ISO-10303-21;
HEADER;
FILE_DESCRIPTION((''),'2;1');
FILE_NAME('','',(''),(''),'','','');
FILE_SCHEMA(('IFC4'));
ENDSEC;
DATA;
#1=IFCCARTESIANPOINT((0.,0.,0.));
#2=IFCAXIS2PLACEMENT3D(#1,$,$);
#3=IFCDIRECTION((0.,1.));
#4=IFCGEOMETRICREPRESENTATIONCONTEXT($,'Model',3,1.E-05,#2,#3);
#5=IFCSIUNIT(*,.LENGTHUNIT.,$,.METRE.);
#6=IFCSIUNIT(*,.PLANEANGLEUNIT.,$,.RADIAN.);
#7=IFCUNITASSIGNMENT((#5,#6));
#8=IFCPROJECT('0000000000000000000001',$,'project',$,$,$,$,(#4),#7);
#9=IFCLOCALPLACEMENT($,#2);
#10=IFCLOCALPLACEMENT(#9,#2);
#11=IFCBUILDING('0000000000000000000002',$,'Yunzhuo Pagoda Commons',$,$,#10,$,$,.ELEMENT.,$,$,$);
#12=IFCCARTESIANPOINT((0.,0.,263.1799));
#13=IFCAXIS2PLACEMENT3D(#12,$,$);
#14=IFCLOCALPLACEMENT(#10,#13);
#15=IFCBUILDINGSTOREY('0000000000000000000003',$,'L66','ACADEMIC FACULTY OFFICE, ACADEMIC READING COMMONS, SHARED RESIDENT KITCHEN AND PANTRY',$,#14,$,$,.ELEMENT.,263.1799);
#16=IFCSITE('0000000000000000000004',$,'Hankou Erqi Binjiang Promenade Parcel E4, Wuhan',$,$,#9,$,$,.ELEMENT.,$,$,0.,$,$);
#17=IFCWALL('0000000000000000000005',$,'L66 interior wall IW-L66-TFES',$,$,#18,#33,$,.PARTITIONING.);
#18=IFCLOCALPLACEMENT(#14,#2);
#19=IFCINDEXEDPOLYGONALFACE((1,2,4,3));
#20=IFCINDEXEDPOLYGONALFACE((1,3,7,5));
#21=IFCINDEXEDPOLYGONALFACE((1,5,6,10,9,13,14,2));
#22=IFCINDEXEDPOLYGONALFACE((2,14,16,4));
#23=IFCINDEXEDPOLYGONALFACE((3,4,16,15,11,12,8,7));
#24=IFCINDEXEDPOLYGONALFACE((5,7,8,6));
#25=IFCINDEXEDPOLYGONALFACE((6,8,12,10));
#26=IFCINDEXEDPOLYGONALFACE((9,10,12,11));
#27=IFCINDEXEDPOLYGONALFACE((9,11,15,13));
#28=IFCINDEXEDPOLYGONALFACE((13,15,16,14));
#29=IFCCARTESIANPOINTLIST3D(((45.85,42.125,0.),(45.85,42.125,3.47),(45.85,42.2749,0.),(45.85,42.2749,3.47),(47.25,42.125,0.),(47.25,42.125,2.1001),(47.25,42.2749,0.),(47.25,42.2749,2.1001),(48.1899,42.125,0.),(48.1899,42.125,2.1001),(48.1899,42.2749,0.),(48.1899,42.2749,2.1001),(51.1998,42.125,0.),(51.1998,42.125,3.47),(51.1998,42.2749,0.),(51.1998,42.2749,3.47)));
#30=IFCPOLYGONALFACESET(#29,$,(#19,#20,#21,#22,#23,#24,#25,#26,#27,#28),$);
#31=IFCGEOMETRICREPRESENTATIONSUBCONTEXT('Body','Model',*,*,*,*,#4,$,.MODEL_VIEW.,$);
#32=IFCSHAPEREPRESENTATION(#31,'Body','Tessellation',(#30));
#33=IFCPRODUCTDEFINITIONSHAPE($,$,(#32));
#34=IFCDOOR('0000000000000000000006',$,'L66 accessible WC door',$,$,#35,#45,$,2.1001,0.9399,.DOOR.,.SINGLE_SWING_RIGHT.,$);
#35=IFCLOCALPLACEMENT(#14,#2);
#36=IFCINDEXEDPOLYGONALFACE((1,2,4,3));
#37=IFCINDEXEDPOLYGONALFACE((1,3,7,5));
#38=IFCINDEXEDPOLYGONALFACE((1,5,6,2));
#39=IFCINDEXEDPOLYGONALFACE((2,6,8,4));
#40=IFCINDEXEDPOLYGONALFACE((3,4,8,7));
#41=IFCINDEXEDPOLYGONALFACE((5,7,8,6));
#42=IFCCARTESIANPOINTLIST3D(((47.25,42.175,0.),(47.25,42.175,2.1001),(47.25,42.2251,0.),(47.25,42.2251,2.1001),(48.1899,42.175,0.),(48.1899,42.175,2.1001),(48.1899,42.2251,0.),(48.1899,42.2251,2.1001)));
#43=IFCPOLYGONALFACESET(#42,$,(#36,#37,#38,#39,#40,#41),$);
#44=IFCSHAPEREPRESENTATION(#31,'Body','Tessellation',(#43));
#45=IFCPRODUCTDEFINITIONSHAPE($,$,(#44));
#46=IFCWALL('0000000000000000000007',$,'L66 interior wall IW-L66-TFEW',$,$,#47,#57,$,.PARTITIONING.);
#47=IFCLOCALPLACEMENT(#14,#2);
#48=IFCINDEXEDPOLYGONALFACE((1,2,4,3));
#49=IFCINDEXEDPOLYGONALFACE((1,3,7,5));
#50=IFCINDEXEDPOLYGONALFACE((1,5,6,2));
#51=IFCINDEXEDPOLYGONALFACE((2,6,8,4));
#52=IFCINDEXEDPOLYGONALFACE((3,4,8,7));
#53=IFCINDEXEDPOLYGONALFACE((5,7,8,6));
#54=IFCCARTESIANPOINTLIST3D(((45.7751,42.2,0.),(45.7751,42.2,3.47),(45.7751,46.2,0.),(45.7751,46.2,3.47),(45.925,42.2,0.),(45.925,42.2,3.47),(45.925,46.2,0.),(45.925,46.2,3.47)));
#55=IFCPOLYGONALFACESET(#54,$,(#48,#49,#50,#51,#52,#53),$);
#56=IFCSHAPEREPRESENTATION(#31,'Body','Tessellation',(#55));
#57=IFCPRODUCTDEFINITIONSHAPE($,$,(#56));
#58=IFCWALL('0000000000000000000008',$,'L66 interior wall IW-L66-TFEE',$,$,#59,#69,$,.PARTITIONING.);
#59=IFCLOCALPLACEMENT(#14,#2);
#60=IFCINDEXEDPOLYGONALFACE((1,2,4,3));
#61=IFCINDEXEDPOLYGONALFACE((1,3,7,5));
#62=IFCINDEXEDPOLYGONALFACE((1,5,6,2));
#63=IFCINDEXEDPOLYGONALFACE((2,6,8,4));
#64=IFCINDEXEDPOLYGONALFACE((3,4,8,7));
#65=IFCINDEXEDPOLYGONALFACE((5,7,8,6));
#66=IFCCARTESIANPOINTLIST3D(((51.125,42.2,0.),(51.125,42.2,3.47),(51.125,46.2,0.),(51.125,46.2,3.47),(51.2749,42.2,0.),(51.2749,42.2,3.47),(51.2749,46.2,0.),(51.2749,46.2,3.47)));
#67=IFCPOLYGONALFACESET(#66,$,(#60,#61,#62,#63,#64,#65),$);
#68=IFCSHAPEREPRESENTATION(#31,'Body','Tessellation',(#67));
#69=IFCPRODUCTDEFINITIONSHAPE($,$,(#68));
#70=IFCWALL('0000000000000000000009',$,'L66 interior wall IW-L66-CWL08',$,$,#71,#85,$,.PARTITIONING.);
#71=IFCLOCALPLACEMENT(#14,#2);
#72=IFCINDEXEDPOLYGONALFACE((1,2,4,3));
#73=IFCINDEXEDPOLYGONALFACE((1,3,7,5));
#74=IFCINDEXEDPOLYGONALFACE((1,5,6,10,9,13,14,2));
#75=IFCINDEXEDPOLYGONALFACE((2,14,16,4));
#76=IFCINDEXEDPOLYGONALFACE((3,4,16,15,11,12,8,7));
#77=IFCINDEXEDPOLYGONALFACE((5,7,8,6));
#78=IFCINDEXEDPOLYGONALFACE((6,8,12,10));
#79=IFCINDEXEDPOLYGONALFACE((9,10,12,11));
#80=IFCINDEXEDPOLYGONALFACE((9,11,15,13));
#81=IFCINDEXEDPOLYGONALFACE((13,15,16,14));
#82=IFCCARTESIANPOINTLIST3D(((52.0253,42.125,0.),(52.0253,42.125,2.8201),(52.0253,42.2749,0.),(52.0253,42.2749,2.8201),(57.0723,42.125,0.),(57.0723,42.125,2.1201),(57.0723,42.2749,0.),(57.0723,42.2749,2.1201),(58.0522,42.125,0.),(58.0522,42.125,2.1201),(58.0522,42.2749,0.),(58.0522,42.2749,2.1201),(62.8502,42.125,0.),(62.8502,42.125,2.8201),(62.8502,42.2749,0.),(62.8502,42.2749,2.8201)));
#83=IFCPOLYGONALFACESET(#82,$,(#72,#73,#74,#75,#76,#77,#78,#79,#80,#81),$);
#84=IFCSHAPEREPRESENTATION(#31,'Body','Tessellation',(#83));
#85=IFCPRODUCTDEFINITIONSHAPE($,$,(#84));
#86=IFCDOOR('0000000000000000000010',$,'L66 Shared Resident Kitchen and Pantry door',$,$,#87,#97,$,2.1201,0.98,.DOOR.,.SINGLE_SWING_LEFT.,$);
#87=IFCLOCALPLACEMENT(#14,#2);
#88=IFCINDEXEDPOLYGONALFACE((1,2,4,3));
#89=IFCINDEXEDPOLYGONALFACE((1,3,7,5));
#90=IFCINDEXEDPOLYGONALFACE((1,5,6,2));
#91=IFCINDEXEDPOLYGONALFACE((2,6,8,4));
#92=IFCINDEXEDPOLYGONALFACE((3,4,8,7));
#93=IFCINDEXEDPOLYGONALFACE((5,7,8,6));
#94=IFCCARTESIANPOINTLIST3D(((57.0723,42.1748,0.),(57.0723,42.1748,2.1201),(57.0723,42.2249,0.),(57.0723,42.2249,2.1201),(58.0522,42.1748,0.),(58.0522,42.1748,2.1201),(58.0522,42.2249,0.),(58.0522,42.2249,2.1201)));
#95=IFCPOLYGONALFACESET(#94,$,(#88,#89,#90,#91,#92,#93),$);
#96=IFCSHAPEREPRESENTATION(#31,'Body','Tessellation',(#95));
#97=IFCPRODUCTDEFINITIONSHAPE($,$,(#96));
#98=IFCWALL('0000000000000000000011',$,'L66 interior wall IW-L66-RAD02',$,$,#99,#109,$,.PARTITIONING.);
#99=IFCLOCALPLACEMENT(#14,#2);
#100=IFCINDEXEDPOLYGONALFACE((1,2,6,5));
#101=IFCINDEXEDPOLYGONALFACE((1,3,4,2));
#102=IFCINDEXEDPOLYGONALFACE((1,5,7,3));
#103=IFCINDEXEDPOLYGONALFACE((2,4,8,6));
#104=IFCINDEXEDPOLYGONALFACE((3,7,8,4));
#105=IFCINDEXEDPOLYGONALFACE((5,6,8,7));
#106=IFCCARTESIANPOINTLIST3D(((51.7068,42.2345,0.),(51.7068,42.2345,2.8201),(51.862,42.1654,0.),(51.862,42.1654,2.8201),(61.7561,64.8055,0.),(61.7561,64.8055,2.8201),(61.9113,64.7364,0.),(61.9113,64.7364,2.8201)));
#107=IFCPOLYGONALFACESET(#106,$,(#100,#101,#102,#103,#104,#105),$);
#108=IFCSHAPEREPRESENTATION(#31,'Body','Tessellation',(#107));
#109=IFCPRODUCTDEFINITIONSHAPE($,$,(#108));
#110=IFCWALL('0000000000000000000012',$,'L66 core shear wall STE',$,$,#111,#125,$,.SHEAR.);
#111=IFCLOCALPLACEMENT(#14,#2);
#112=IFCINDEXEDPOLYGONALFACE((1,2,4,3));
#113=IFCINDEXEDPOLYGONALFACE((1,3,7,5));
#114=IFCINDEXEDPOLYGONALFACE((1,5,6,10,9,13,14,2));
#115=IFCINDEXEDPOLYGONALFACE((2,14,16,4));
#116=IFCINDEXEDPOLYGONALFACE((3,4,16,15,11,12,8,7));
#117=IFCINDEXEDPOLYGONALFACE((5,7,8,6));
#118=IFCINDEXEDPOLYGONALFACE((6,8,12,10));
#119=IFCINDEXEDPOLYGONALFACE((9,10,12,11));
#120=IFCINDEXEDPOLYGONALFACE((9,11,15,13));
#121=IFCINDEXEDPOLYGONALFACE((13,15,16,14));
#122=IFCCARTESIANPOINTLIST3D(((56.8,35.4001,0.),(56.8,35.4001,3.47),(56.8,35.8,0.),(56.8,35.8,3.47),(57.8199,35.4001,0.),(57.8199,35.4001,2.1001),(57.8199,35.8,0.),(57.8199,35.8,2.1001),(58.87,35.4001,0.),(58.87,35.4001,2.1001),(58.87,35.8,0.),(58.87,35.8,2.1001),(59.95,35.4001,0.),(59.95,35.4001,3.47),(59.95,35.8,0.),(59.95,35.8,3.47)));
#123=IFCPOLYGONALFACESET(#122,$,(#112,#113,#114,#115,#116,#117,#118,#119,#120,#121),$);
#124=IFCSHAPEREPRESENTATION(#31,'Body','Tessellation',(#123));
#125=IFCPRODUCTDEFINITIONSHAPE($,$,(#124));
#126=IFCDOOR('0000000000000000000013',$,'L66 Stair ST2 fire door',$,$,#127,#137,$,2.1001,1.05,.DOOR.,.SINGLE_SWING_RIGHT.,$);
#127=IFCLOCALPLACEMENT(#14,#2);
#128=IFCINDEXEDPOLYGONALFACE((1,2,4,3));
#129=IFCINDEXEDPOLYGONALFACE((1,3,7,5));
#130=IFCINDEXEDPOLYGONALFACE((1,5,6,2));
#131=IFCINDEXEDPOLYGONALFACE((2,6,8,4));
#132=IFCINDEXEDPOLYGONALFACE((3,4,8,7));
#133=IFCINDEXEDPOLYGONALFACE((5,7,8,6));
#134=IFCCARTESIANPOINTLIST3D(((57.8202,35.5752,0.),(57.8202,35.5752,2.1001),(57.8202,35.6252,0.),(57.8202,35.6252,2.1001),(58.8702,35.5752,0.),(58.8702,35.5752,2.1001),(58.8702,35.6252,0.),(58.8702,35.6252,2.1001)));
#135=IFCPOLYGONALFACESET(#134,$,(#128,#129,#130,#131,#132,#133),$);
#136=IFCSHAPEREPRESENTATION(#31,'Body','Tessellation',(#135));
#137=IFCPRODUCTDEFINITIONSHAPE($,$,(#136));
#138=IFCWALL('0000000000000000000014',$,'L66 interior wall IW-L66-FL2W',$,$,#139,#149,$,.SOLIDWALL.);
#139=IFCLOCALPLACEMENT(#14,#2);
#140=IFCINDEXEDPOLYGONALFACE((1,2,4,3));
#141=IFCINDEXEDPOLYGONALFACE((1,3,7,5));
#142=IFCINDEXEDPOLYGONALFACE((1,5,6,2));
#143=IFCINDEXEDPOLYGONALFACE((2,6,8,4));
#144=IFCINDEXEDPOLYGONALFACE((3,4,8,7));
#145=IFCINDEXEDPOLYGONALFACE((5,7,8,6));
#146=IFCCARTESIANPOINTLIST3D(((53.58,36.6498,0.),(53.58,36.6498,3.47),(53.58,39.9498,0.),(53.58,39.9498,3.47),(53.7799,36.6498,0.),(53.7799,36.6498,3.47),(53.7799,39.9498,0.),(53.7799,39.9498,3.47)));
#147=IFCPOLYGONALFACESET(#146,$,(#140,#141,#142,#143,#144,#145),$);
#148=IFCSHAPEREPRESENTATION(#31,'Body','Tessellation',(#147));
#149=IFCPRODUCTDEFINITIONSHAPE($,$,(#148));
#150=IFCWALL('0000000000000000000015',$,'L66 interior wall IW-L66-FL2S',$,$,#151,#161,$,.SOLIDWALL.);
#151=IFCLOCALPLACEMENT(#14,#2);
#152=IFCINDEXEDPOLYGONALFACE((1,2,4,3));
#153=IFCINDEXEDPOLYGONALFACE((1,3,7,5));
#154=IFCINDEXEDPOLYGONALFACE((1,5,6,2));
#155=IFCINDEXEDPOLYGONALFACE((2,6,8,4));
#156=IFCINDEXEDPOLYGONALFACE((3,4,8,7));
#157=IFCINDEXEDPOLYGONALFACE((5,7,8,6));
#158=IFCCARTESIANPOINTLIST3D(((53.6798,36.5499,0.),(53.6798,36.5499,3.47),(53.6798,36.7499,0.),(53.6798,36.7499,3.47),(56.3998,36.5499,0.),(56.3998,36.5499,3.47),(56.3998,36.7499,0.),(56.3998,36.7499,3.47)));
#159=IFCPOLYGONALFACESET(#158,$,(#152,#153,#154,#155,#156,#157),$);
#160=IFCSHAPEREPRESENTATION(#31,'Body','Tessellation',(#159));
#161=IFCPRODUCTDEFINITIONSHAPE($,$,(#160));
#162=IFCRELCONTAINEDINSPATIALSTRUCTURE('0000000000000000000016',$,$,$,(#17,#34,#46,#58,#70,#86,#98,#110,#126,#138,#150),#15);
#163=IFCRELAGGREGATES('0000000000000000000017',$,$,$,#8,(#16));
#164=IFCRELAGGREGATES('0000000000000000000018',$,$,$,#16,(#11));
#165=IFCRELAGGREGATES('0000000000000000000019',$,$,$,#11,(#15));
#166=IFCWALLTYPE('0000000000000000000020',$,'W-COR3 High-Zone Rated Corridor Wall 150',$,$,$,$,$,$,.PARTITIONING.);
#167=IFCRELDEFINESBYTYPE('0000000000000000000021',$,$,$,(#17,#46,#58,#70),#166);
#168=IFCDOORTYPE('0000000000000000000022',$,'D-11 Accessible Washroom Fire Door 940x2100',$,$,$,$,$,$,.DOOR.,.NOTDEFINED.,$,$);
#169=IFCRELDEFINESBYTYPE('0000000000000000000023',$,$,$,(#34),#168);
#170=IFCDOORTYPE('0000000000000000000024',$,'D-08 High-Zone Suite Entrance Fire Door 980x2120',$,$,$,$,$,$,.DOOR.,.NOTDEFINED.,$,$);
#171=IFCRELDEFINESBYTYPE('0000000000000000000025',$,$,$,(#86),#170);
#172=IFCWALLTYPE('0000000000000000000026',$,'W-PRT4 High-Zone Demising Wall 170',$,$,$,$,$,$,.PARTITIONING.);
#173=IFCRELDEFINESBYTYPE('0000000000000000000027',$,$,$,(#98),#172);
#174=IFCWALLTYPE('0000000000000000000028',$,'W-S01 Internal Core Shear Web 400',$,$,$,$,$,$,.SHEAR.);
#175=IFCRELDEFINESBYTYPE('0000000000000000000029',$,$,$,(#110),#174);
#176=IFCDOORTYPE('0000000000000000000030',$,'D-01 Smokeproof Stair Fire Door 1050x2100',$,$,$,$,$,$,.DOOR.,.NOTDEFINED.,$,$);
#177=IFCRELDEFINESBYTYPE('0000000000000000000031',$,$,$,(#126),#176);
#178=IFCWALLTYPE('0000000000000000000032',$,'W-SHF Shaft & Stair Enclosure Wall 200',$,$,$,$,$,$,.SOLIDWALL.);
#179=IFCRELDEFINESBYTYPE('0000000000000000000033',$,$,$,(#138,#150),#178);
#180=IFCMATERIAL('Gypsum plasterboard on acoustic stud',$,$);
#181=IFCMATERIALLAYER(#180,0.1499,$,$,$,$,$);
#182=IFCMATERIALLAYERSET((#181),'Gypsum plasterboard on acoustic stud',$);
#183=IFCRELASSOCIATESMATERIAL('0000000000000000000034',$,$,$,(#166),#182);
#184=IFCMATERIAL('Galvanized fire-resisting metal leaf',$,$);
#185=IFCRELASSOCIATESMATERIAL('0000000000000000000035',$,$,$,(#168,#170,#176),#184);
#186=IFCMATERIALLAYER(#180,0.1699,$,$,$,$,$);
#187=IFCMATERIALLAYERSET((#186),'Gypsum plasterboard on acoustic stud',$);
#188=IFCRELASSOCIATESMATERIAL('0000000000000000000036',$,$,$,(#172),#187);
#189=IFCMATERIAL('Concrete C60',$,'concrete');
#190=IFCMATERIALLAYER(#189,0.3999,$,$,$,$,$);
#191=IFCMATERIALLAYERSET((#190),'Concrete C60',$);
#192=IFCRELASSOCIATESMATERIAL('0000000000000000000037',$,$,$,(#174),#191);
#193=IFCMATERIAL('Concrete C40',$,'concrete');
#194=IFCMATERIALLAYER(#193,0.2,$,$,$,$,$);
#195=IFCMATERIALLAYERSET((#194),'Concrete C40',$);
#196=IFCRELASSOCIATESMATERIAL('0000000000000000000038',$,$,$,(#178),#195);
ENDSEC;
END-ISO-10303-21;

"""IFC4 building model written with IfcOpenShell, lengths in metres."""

from ifc_helpers import new_model, si_unit, direction, frame, frame_2d, origin, origin_with_axes, place, context, subcontext, project, spatial, rectangle, extrude, source, transform, mapped, material, layer, layer_set, type_object, element, fill, save


model = new_model("IFC4")

# Units and contexts
model_context = context("Model", 3, precision=1e-05, world=origin(), true_north=direction((0.0, 1.0)))
body_context = subcontext(model_context, "Body", "Model", "MODEL_VIEW")
ifc_project = project(units=[si_unit("LENGTHUNIT", "METRE"), si_unit("PLANEANGLEUNIT", "RADIAN")], contexts=[model_context])

# Site, building, storey
site_placement = place(None, origin())
site = spatial("IfcSite", under=ifc_project, at=site_placement, Name="Hankou Erqi Binjiang Promenade Parcel E4, Wuhan", CompositionType="ELEMENT", RefElevation=0.0)
building_placement = place(site_placement, origin())
building = spatial("IfcBuilding", under=site, at=building_placement, Name="Yunzhuo Pagoda Commons", CompositionType="ELEMENT")
storey_placement = place(building_placement, frame((0.0, 0.0, 263.1799)))
storey = spatial("IfcBuildingStorey", under=building, at=storey_placement, Name="L66", Description="ACADEMIC FACULTY OFFICE, ACADEMIC READING COMMONS, SHARED RESIDENT KITCHEN AND PANTRY", CompositionType="ELEMENT", Elevation=263.1799)

# Shared definitions
ifc_material_1 = material(Name="Galvanized fire-resisting metal leaf")
shared_shape_1 = source(origin(), body_context, "Body", "SweptSolid", [
    extrude(rectangle(XDim=1.05, YDim=2.1001, at=frame_2d((0.5249, 1.05))), frame((0.0, 0.0249, 0.0), z_axis=(0.0, -1.0, 0.0), x_axis=(1.0, 0.0, 0.0)), (0.0, 0.0, 1.0), 0.05),
])

# Shared definitions
ifc_material_2 = material(Name="Gypsum plasterboard on acoustic stud")
ifc_layer_1 = layer(ifc_material_2, 0.1499)
ifc_layer_set_1 = layer_set([ifc_layer_1], Name="Gypsum plasterboard on acoustic stud")
wall_type_1 = type_object("IfcWallType", Name="W-COR3 High-Zone Rated Corridor Wall 150", PredefinedType="PARTITIONING", material=ifc_layer_set_1)

# Wall, opening, door
wall_1_placement = place(storey_placement, frame((45.8501, 42.2, 0.0), z_axis=(0.0, 0.0, 1.0), x_axis=(1.0, 0.0, 0.0)))
wall_1 = element("IfcWall", 1, at=wall_1_placement, inside=storey, type_object=wall_type_1, Name="L66 interior wall IW-L66-TFES", PredefinedType="PARTITIONING", context=body_context, shape_type="SweptSolid", body=[
    extrude(rectangle(XDim=5.3499, YDim=0.1499, at=frame_2d((2.6748, 0.0))), origin(), (0.0, 0.0, 1.0), 3.47),
])
opening_1_placement = place(wall_1_placement, frame((1.3999, 0.0, 0.0)))
opening_1 = element("IfcOpeningElement", 2, at=opening_1_placement, cuts=wall_1, PredefinedType="OPENING", context=body_context, shape_type="SweptSolid", body=[
    extrude(rectangle(XDim=0.9399, YDim=2.1001, at=frame_2d((0.47, 1.05))), frame((0.0, 0.085, 0.0), z_axis=(0.0, -1.0, 0.0), x_axis=(1.0, 0.0, 0.0)), (0.0, 0.0, 1.0), 0.1699),
])
door_type_1 = type_object("IfcDoorType", Name="D-11 Accessible Washroom Fire Door 940x2100", OperationType="NOTDEFINED", PredefinedType="DOOR", material=ifc_material_1)
shared_shape_2 = source(origin(), body_context, "Body", "SweptSolid", [
    extrude(rectangle(XDim=0.9399, YDim=2.1001, at=frame_2d((0.47, 1.05))), frame((0.0, 0.0249, 0.0), z_axis=(0.0, -1.0, 0.0), x_axis=(1.0, 0.0, 0.0)), (0.0, 0.0, 1.0), 0.05),
])
door_1_placement = place(opening_1_placement, frame((0.9399, 0.0, 0.0), z_axis=(0.0, 0.0, 1.0), x_axis=(-1.0, 0.0, 0.0)))
door_1 = element("IfcDoor", 3, at=door_1_placement, inside=storey, type_object=door_type_1, Name="L66 accessible WC door", OperationType="SINGLE_SWING_RIGHT", OverallHeight=2.1001, OverallWidth=0.9399, PredefinedType="DOOR", context=body_context, shape_type="MappedRepresentation", body=[
    mapped(shared_shape_2, transform((0.0, 0.0, 0.0), scale=1.0)),
])
fill(opening_1, door_1)

# Walls
for number, where, z_axis, x_axis, name in (
    (4, (45.8501, 42.2, 0.0), (0.0, 0.0, 1.0), (0.0, 1.0, 0.0), "L66 interior wall IW-L66-TFEW"),
    (5, (51.2, 42.2, 0.0), (0.0, 0.0, 1.0), (0.0, 1.0, 0.0), "L66 interior wall IW-L66-TFEE"),
):
    element("IfcWall", number, at=place(storey_placement, frame(where, z_axis=z_axis, x_axis=x_axis)), inside=storey, type_object=wall_type_1, Name=name, PredefinedType="PARTITIONING", context=body_context, shape_type="SweptSolid", body=[
        extrude(rectangle(XDim=4.0, YDim=0.1499, at=frame_2d((2.0, 0.0))), origin(), (0.0, 0.0, 1.0), 3.47),
    ])

# Wall, opening, door
wall_2_placement = place(storey_placement, frame((52.0251, 42.2, 0.0), z_axis=(0.0, 0.0, 1.0), x_axis=(1.0, 0.0, 0.0)))
wall_2 = element("IfcWall", 6, at=wall_2_placement, inside=storey, type_object=wall_type_1, Name="L66 interior wall IW-L66-CWL08", PredefinedType="PARTITIONING", context=body_context, shape_type="SweptSolid", body=[
    extrude(rectangle(XDim=10.825, YDim=0.1499, at=frame_2d((5.4126, 0.0))), origin(), (0.0, 0.0, 1.0), 2.8201),
])
opening_2_placement = place(wall_2_placement, frame((5.0471, 0.0, 0.0)))
opening_2 = element("IfcOpeningElement", 7, at=opening_2_placement, cuts=wall_2, PredefinedType="OPENING", context=body_context, shape_type="SweptSolid", body=[
    extrude(rectangle(XDim=0.98, YDim=2.1201, at=frame_2d((0.49, 1.0601))), frame((0.0, 0.085, 0.0), z_axis=(0.0, -1.0, 0.0), x_axis=(1.0, 0.0, 0.0)), (0.0, 0.0, 1.0), 0.1699),
])
door_type_2 = type_object("IfcDoorType", Name="D-08 High-Zone Suite Entrance Fire Door 980x2120", OperationType="NOTDEFINED", PredefinedType="DOOR", material=ifc_material_1)
shared_shape_3 = source(origin(), body_context, "Body", "SweptSolid", [
    extrude(rectangle(XDim=0.98, YDim=2.1201, at=frame_2d((0.49, 1.0601))), frame((0.0, 0.0249, 0.0), z_axis=(0.0, -1.0, 0.0), x_axis=(1.0, 0.0, 0.0)), (0.0, 0.0, 1.0), 0.05),
])
door_2_placement = place(opening_2_placement, origin_with_axes())
door_2 = element("IfcDoor", 8, at=door_2_placement, inside=storey, type_object=door_type_2, Name="L66 Shared Resident Kitchen and Pantry door", OperationType="SINGLE_SWING_LEFT", OverallHeight=2.1201, OverallWidth=0.98, PredefinedType="DOOR", context=body_context, shape_type="MappedRepresentation", body=[
    mapped(shared_shape_3, transform((0.0, 0.0, 0.0), scale=1.0)),
])
fill(opening_2, door_2)

# Wall
ifc_layer_2 = layer(ifc_material_2, 0.1699)
ifc_layer_set_2 = layer_set([ifc_layer_2], Name="Gypsum plasterboard on acoustic stud")
wall_type_2 = type_object("IfcWallType", Name="W-PRT4 High-Zone Demising Wall 170", PredefinedType="PARTITIONING", material=ifc_layer_set_2)
wall_3_placement = place(storey_placement, frame((51.7844, 42.2, 0.0), z_axis=(0.0, 0.0, 1.0), x_axis=(0.406738, 0.913545, 0.0)))
element("IfcWall", 9, at=wall_3_placement, inside=storey, type_object=wall_type_2, Name="L66 interior wall IW-L66-RAD02", PredefinedType="PARTITIONING", context=body_context, shape_type="SweptSolid", body=[
    extrude(rectangle(XDim=24.707, YDim=0.1699, at=frame_2d((12.3535, 0.0))), origin(), (0.0, 0.0, 1.0), 2.8201),
])

# Wall, opening, door
ifc_material_3 = material(Name="Concrete C60", Category="concrete")
ifc_layer_3 = layer(ifc_material_3, 0.3999)
ifc_layer_set_3 = layer_set([ifc_layer_3], Name="Concrete C60")
wall_type_3 = type_object("IfcWallType", Name="W-S01 Internal Core Shear Web 400", PredefinedType="SHEAR", material=ifc_layer_set_3)
wall_4_placement = place(storey_placement, frame((56.8, 35.6001, 0.0), z_axis=(0.0, 0.0, 1.0), x_axis=(1.0, 0.0, 0.0)))
wall_4 = element("IfcWall", 10, at=wall_4_placement, inside=storey, type_object=wall_type_3, Name="L66 core shear wall STE", PredefinedType="SHEAR", context=body_context, shape_type="SweptSolid", body=[
    extrude(rectangle(XDim=3.1499, YDim=0.3999, at=frame_2d((1.575, 0.0))), origin(), (0.0, 0.0, 1.0), 3.47),
])
opening_3_placement = place(wall_4_placement, frame((1.02, 0.0, 0.0)))
opening_3 = element("IfcOpeningElement", 11, at=opening_3_placement, cuts=wall_4, PredefinedType="OPENING", context=body_context, shape_type="SweptSolid", body=[
    extrude(rectangle(XDim=1.05, YDim=2.1001, at=frame_2d((0.5249, 1.05))), frame((0.0, 0.21, 0.0), z_axis=(0.0, -1.0, 0.0), x_axis=(1.0, 0.0, 0.0)), (0.0, 0.0, 1.0), 0.4199),
])
door_type_3 = type_object("IfcDoorType", Name="D-01 Smokeproof Stair Fire Door 1050x2100", OperationType="NOTDEFINED", PredefinedType="DOOR", material=ifc_material_1)
door_3_placement = place(opening_3_placement, frame((1.05, 0.0, 0.0), z_axis=(0.0, 0.0, 1.0), x_axis=(-1.0, 0.0, 0.0)))
door_3 = element("IfcDoor", 12, at=door_3_placement, inside=storey, type_object=door_type_3, Name="L66 Stair ST2 fire door", OperationType="SINGLE_SWING_RIGHT", OverallHeight=2.1001, OverallWidth=1.05, PredefinedType="DOOR", context=body_context, shape_type="MappedRepresentation", body=[
    mapped(shared_shape_1, transform((0.0, 0.0, 0.0), scale=1.0)),
])
fill(opening_3, door_3)

# Walls
ifc_material_4 = material(Name="Concrete C40", Category="concrete")
ifc_layer_4 = layer(ifc_material_4, 0.2)
ifc_layer_set_4 = layer_set([ifc_layer_4], Name="Concrete C40")
wall_type_4 = type_object("IfcWallType", Name="W-SHF Shaft & Stair Enclosure Wall 200", PredefinedType="SOLIDWALL", material=ifc_layer_set_4)
wall_5_placement = place(storey_placement, frame((53.6799, 36.6499, 0.0), z_axis=(0.0, 0.0, 1.0), x_axis=(0.0, 1.0, 0.0)))
element("IfcWall", 13, at=wall_5_placement, inside=storey, type_object=wall_type_4, Name="L66 interior wall IW-L66-FL2W", PredefinedType="SOLIDWALL", context=body_context, shape_type="SweptSolid", body=[
    extrude(rectangle(XDim=3.3, YDim=0.2, at=frame_2d((1.6499, 0.0))), origin(), (0.0, 0.0, 1.0), 3.47),
])
wall_6_placement = place(storey_placement, frame((53.6799, 36.6499, 0.0), z_axis=(0.0, 0.0, 1.0), x_axis=(1.0, 0.0, 0.0)))
element("IfcWall", 14, at=wall_6_placement, inside=storey, type_object=wall_type_4, Name="L66 interior wall IW-L66-FL2S", PredefinedType="SOLIDWALL", context=body_context, shape_type="SweptSolid", body=[
    extrude(rectangle(XDim=2.72, YDim=0.2, at=frame_2d((1.3599, 0.0))), origin(), (0.0, 0.0, 1.0), 3.47),
])

save(model, "model.ifc")
